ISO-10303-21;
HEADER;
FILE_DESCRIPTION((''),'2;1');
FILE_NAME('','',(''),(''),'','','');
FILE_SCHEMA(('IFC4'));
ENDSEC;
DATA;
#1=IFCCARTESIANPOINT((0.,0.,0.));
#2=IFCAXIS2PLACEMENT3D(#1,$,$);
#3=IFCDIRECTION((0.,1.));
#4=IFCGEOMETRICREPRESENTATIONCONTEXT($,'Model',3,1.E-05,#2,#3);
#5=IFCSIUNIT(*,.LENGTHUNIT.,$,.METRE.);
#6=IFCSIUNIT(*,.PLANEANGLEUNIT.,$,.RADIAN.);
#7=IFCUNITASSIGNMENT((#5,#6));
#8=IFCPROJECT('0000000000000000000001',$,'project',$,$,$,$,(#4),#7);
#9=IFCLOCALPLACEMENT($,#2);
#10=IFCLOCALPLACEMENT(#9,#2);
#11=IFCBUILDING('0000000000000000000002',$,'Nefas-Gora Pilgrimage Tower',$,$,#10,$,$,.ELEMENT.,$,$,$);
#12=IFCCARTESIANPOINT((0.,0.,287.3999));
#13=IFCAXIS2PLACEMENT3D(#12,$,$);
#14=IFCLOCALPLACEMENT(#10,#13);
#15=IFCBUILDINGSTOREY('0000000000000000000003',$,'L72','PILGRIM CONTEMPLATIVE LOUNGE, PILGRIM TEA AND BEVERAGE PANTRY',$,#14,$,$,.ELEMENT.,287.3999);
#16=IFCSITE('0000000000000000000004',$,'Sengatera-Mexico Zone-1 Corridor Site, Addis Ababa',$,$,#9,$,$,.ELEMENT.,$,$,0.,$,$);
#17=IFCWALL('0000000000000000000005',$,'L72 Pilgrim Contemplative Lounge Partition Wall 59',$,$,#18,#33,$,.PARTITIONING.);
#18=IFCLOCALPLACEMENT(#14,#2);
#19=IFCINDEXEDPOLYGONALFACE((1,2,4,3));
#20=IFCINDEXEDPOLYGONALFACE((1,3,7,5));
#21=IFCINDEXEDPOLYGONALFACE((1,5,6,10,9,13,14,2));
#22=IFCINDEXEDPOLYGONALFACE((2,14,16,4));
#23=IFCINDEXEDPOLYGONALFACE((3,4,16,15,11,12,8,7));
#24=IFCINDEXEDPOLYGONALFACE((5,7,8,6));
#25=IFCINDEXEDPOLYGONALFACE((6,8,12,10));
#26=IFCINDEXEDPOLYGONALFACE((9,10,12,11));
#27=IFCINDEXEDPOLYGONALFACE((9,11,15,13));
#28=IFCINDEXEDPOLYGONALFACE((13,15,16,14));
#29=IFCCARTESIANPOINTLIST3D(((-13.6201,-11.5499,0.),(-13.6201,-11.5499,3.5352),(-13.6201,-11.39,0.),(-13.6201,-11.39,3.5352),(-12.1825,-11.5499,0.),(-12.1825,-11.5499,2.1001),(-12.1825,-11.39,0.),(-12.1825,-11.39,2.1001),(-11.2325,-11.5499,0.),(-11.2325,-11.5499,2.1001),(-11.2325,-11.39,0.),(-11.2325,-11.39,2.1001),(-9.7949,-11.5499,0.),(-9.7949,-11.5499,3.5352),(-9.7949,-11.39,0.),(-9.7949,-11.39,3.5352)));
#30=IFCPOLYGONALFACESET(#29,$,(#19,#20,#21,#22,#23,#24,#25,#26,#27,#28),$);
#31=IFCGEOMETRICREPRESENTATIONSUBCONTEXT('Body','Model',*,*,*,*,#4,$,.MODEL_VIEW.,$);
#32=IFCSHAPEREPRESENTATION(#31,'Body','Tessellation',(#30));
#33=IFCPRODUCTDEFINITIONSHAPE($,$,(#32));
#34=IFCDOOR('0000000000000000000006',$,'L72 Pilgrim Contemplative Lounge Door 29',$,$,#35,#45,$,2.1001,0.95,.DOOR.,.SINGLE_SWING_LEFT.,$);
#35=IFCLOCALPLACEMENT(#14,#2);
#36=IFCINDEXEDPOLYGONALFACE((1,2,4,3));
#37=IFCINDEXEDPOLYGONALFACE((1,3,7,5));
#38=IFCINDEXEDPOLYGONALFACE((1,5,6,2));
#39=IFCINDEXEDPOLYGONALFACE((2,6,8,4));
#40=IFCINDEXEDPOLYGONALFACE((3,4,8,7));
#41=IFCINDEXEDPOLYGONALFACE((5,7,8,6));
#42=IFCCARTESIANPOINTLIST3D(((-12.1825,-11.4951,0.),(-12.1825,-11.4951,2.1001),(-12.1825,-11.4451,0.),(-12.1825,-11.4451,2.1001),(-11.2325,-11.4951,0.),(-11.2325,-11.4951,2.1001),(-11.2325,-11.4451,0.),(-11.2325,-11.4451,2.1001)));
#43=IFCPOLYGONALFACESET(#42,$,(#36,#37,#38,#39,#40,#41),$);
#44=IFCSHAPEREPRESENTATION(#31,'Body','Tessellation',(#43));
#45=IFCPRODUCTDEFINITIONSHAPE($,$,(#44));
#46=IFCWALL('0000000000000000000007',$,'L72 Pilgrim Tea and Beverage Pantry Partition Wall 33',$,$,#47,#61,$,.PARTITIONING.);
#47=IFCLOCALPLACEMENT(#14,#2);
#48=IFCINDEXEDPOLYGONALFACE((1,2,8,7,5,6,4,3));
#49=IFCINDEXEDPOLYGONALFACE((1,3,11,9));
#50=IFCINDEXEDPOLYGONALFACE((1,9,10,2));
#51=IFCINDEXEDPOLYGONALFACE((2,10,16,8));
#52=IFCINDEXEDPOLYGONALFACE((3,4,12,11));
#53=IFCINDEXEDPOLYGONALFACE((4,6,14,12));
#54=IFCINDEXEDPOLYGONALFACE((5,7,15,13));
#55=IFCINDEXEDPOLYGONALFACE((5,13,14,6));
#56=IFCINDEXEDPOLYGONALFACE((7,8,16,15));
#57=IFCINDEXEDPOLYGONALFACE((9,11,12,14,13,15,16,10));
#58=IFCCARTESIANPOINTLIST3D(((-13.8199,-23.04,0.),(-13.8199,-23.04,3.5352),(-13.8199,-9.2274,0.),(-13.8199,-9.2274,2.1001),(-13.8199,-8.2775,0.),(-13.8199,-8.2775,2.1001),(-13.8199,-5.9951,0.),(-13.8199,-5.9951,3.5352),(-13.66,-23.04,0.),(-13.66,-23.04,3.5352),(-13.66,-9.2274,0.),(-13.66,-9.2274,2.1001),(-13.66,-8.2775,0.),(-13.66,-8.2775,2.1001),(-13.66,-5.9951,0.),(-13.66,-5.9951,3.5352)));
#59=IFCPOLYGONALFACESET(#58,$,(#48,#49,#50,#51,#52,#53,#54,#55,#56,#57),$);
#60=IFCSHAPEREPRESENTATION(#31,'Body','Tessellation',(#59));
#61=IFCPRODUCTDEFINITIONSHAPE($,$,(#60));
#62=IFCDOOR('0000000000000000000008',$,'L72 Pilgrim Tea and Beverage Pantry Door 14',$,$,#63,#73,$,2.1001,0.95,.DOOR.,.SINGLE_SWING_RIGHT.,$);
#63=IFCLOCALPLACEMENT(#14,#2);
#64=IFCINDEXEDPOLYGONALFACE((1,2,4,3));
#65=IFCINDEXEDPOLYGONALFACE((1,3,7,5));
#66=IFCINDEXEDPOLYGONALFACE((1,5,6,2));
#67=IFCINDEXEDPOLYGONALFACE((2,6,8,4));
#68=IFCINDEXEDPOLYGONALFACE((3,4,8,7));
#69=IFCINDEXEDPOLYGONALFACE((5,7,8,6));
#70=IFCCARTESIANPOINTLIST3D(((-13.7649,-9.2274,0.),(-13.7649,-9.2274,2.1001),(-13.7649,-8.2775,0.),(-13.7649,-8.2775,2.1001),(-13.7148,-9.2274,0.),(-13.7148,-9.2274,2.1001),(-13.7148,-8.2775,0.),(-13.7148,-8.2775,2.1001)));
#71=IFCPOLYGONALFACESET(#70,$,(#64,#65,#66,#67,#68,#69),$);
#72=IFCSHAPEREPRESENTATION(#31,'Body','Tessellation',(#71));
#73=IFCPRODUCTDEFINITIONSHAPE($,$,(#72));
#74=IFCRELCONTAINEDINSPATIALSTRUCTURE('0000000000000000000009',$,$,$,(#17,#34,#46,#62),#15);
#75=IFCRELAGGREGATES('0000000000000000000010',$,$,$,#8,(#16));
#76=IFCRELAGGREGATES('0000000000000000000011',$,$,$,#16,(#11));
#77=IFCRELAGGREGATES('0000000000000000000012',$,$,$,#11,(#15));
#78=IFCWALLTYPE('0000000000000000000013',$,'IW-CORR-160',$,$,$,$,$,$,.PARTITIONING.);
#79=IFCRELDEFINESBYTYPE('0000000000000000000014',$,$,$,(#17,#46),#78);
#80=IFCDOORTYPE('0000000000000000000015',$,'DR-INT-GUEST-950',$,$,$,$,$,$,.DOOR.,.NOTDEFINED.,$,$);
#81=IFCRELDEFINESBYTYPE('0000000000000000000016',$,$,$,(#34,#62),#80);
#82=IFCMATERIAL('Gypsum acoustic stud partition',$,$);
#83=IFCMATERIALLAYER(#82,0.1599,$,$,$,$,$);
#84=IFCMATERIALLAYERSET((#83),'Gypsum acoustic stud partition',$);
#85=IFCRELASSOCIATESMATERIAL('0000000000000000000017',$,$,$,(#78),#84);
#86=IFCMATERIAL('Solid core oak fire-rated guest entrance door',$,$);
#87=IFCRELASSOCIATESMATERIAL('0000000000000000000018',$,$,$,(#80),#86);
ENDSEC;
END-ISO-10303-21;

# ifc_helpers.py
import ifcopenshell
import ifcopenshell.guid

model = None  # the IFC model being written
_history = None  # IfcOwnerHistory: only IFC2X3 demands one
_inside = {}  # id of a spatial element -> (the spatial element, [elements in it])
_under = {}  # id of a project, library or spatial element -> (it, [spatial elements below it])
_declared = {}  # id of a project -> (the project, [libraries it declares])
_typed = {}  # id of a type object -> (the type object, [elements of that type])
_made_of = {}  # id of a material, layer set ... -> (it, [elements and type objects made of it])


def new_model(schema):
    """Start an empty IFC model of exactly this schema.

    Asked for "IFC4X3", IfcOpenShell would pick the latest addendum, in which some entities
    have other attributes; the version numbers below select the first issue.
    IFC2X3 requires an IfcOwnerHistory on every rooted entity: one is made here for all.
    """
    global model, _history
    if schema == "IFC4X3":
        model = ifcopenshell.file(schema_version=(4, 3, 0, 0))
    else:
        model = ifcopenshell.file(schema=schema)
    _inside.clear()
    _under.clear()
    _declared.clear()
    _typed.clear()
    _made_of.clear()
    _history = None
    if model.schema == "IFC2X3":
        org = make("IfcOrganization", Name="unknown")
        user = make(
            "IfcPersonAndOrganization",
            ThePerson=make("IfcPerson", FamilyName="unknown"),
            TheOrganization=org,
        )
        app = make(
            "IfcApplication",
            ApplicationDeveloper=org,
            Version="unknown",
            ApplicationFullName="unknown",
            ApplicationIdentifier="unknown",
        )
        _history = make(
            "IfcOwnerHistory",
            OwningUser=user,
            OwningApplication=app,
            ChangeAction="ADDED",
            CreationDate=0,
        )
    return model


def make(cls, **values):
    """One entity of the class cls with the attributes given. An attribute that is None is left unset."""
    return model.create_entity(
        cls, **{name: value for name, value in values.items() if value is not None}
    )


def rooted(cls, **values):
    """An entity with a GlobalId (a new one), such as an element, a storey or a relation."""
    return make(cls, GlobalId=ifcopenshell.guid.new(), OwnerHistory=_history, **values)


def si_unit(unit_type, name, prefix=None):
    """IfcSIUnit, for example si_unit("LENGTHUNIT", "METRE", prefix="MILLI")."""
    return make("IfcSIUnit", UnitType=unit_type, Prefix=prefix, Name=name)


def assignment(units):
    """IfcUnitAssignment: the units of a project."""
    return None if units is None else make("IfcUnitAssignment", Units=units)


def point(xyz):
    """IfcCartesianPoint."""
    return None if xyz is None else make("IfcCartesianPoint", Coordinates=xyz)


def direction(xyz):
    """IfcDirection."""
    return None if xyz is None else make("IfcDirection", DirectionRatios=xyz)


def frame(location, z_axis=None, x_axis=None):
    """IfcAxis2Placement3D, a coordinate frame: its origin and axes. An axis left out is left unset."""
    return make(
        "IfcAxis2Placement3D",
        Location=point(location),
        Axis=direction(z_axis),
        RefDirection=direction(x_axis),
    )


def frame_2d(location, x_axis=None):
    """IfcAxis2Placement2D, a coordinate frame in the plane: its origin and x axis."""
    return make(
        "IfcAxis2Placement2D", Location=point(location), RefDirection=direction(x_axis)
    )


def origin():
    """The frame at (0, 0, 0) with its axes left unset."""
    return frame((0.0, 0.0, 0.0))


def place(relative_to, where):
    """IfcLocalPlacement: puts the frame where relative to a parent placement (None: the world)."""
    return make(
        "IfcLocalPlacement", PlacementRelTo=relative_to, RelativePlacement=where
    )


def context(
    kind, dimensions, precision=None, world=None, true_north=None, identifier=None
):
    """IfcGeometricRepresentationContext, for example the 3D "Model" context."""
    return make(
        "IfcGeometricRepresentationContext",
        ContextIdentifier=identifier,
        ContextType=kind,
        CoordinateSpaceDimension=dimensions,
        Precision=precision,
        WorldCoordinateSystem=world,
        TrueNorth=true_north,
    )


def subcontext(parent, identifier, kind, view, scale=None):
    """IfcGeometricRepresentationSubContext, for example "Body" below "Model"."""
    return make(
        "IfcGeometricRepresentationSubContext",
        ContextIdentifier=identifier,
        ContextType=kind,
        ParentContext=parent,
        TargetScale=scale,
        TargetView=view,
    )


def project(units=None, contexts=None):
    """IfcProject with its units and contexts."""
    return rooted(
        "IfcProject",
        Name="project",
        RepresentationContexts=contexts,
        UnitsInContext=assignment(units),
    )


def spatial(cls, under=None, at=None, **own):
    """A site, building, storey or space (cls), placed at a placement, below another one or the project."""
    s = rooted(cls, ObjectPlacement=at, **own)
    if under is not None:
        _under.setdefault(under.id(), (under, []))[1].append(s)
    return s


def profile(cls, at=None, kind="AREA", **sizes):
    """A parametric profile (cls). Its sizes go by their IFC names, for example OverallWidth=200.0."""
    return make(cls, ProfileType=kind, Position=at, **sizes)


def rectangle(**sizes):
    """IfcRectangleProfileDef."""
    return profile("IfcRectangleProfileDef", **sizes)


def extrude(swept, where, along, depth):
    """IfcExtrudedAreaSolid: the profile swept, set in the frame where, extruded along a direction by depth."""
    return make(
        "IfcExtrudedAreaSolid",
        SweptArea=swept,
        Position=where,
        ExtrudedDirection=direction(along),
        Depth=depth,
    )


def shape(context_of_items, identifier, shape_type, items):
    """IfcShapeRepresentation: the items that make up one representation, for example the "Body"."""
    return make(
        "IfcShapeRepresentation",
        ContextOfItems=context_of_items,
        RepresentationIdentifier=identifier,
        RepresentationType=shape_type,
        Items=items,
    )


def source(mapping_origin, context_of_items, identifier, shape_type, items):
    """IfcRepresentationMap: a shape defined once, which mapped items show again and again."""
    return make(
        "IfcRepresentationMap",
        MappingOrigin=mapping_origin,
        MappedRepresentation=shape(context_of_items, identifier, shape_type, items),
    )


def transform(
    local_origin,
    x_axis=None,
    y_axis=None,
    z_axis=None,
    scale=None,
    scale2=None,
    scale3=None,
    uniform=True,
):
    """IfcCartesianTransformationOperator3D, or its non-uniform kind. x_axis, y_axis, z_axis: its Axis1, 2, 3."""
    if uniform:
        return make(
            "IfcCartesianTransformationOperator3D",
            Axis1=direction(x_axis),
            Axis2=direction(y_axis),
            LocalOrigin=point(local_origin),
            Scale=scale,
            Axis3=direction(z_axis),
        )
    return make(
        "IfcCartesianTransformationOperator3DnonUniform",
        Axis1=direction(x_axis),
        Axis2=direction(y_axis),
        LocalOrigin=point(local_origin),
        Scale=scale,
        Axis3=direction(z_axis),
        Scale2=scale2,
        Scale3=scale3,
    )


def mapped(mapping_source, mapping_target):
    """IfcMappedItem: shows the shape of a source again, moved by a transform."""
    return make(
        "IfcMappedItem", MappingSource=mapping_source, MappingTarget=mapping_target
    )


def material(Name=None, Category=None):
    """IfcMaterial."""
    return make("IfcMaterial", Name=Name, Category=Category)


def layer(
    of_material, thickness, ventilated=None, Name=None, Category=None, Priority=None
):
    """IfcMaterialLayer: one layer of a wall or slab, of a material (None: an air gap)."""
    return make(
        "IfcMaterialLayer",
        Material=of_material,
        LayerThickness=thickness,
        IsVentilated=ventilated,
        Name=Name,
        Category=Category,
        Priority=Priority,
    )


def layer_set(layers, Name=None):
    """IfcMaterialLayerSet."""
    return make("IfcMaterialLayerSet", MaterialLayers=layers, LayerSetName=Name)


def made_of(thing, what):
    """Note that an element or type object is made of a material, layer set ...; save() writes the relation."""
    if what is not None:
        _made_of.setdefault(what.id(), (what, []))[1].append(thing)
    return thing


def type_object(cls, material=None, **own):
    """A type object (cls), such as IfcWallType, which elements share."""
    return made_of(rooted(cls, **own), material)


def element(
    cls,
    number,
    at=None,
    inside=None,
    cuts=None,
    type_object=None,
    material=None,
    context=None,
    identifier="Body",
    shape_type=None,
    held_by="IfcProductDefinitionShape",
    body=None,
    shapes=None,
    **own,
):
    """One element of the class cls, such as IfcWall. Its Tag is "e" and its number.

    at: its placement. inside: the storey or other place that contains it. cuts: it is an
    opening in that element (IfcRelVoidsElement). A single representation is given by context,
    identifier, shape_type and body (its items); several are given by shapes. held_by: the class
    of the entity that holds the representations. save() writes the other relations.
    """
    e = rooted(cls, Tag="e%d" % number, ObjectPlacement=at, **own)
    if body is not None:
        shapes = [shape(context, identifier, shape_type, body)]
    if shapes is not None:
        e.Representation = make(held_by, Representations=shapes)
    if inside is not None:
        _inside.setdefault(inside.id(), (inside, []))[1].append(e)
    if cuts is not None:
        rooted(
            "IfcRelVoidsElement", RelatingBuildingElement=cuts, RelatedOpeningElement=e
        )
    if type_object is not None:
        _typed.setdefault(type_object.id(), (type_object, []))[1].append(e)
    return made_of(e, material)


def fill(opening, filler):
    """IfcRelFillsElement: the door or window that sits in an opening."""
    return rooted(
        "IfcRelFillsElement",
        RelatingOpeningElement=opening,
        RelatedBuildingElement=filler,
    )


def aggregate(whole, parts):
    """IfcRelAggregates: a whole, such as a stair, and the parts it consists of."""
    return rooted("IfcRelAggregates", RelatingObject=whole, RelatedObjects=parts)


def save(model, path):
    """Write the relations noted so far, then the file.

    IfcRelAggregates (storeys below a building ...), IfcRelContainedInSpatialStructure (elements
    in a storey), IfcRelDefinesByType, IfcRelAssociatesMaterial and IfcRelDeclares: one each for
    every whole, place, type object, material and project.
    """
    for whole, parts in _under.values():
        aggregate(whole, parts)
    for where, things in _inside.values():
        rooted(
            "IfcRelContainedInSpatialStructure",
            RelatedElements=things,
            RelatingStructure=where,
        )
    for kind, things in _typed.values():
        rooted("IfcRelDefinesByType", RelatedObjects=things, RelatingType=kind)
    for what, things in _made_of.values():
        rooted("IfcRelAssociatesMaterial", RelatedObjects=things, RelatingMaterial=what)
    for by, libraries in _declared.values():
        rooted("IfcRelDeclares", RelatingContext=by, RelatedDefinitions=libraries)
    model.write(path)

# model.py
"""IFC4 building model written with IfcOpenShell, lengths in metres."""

from ifc_helpers import new_model, si_unit, direction, frame, frame_2d, origin, place, context, subcontext, project, spatial, rectangle, extrude, source, transform, mapped, material, layer, layer_set, type_object, element, fill, save


model = new_model("IFC4")

# Units and contexts
model_context = context("Model", 3, precision=1e-05, world=origin(), true_north=direction((0.0, 1.0)))
body_context = subcontext(model_context, "Body", "Model", "MODEL_VIEW")
ifc_project = project(units=[si_unit("LENGTHUNIT", "METRE"), si_unit("PLANEANGLEUNIT", "RADIAN")], contexts=[model_context])

# Site, building, storey
site_placement = place(None, origin())
site = spatial("IfcSite", under=ifc_project, at=site_placement, Name="Sengatera-Mexico Zone-1 Corridor Site, Addis Ababa", CompositionType="ELEMENT", RefElevation=0.0)
building_placement = place(site_placement, origin())
building = spatial("IfcBuilding", under=site, at=building_placement, Name="Nefas-Gora Pilgrimage Tower", CompositionType="ELEMENT")
storey_placement = place(building_placement, frame((0.0, 0.0, 287.3999)))
storey = spatial("IfcBuildingStorey", under=building, at=storey_placement, Name="L72", Description="PILGRIM CONTEMPLATIVE LOUNGE, PILGRIM TEA AND BEVERAGE PANTRY", CompositionType="ELEMENT", Elevation=287.3999)

# Walls, openings, doors
ifc_material_1 = material(Name="Gypsum acoustic stud partition")
ifc_layer_1 = layer(ifc_material_1, 0.1599)
ifc_layer_set_1 = layer_set([ifc_layer_1], Name="Gypsum acoustic stud partition")
wall_type_1 = type_object("IfcWallType", Name="IW-CORR-160", PredefinedType="PARTITIONING", material=ifc_layer_set_1)
shared_shape_1 = source(origin(), body_context, "Body", "SweptSolid", [
    extrude(rectangle(XDim=3.8252, YDim=0.1599, at=frame_2d((1.9126, 0.0))), origin(), (0.0, 0.0, 1.0), 3.5352),
])
wall_1_placement = place(storey_placement, frame((-13.6201, -11.47, 0.0), z_axis=(0.0, 0.0, 1.0), x_axis=(1.0, 0.0, 0.0)))
wall_1 = element("IfcWall", 1, at=wall_1_placement, inside=storey, type_object=wall_type_1, Name="L72 Pilgrim Contemplative Lounge Partition Wall 59", PredefinedType="PARTITIONING", context=body_context, shape_type="MappedRepresentation", body=[
    mapped(shared_shape_1, transform((0.0, 0.0, 0.0), x_axis=(1.0, 0.0, 0.0), y_axis=(0.0, 1.0, 0.0), z_axis=(0.0, 0.0, 1.0), scale=1.0)),
])
opening_1_placement = place(wall_1_placement, frame((1.4375, 0.0, 0.0)))
opening_1 = element("IfcOpeningElement", 2, at=opening_1_placement, cuts=wall_1, PredefinedType="OPENING", context=body_context, shape_type="SweptSolid", body=[
    extrude(rectangle(XDim=0.95, YDim=2.1001, at=frame_2d((0.4751, 1.05))), frame((0.0, 0.0898, 0.0), z_axis=(0.0, -1.0, 0.0), x_axis=(1.0, 0.0, 0.0)), (0.0, 0.0, 1.0), 0.1799),
])
ifc_material_2 = material(Name="Solid core oak fire-rated guest entrance door")
door_type = type_object("IfcDoorType", Name="DR-INT-GUEST-950", OperationType="NOTDEFINED", PredefinedType="DOOR", material=ifc_material_2)
shared_shape_2 = source(origin(), body_context, "Body", "SweptSolid", [
    extrude(rectangle(XDim=0.95, YDim=2.1001, at=frame_2d((0.4751, 1.05))), frame((0.0, 0.0249, 0.0), z_axis=(0.0, -1.0, 0.0), x_axis=(1.0, 0.0, 0.0)), (0.0, 0.0, 1.0), 0.05),
])
door_1_placement = place(opening_1_placement, origin())
door_1 = element("IfcDoor", 3, at=door_1_placement, inside=storey, type_object=door_type, Name="L72 Pilgrim Contemplative Lounge Door 29", OperationType="SINGLE_SWING_LEFT", OverallHeight=2.1001, OverallWidth=0.95, PredefinedType="DOOR", context=body_context, shape_type="MappedRepresentation", body=[
    mapped(shared_shape_2, transform((0.0, 0.0, 0.0), x_axis=(1.0, 0.0, 0.0), y_axis=(0.0, 1.0, 0.0), z_axis=(0.0, 0.0, 1.0), scale=1.0)),
])
fill(opening_1, door_1)
shared_shape_3 = source(origin(), body_context, "Body", "SweptSolid", [
    extrude(rectangle(XDim=17.0449, YDim=0.1599, at=frame_2d((8.5225, 0.0))), origin(), (0.0, 0.0, 1.0), 3.5352),
])
wall_2_placement = place(storey_placement, frame((-13.74, -23.04, 0.0), z_axis=(0.0, 0.0, 1.0), x_axis=(0.0, 1.0, 0.0)))
wall_2 = element("IfcWall", 4, at=wall_2_placement, inside=storey, type_object=wall_type_1, Name="L72 Pilgrim Tea and Beverage Pantry Partition Wall 33", PredefinedType="PARTITIONING", context=body_context, shape_type="MappedRepresentation", body=[
    mapped(shared_shape_3, transform((0.0, 0.0, 0.0), x_axis=(1.0, 0.0, 0.0), y_axis=(0.0, 1.0, 0.0), z_axis=(0.0, 0.0, 1.0), scale=1.0)),
])
opening_2_placement = place(wall_2_placement, frame((13.8125, 0.0, 0.0)))
opening_2 = element("IfcOpeningElement", 5, at=opening_2_placement, cuts=wall_2, PredefinedType="OPENING", context=body_context, shape_type="SweptSolid", body=[
    extrude(rectangle(XDim=0.95, YDim=2.1001, at=frame_2d((0.4751, 1.05))), frame((0.0, 0.0898, 0.0), z_axis=(0.0, -1.0, 0.0), x_axis=(1.0, 0.0, 0.0)), (0.0, 0.0, 1.0), 0.1799),
])
door_2_placement = place(opening_2_placement, origin())
door_2 = element("IfcDoor", 6, at=door_2_placement, inside=storey, type_object=door_type, Name="L72 Pilgrim Tea and Beverage Pantry Door 14", OperationType="SINGLE_SWING_RIGHT", OverallHeight=2.1001, OverallWidth=0.95, PredefinedType="DOOR", context=body_context, shape_type="MappedRepresentation", body=[
    mapped(shared_shape_2, transform((0.0, 0.0, 0.0), x_axis=(1.0, 0.0, 0.0), y_axis=(0.0, 1.0, 0.0), z_axis=(0.0, 0.0, 1.0), scale=1.0)),
])
fill(opening_2, door_2)

save(model, "model.ifc")
